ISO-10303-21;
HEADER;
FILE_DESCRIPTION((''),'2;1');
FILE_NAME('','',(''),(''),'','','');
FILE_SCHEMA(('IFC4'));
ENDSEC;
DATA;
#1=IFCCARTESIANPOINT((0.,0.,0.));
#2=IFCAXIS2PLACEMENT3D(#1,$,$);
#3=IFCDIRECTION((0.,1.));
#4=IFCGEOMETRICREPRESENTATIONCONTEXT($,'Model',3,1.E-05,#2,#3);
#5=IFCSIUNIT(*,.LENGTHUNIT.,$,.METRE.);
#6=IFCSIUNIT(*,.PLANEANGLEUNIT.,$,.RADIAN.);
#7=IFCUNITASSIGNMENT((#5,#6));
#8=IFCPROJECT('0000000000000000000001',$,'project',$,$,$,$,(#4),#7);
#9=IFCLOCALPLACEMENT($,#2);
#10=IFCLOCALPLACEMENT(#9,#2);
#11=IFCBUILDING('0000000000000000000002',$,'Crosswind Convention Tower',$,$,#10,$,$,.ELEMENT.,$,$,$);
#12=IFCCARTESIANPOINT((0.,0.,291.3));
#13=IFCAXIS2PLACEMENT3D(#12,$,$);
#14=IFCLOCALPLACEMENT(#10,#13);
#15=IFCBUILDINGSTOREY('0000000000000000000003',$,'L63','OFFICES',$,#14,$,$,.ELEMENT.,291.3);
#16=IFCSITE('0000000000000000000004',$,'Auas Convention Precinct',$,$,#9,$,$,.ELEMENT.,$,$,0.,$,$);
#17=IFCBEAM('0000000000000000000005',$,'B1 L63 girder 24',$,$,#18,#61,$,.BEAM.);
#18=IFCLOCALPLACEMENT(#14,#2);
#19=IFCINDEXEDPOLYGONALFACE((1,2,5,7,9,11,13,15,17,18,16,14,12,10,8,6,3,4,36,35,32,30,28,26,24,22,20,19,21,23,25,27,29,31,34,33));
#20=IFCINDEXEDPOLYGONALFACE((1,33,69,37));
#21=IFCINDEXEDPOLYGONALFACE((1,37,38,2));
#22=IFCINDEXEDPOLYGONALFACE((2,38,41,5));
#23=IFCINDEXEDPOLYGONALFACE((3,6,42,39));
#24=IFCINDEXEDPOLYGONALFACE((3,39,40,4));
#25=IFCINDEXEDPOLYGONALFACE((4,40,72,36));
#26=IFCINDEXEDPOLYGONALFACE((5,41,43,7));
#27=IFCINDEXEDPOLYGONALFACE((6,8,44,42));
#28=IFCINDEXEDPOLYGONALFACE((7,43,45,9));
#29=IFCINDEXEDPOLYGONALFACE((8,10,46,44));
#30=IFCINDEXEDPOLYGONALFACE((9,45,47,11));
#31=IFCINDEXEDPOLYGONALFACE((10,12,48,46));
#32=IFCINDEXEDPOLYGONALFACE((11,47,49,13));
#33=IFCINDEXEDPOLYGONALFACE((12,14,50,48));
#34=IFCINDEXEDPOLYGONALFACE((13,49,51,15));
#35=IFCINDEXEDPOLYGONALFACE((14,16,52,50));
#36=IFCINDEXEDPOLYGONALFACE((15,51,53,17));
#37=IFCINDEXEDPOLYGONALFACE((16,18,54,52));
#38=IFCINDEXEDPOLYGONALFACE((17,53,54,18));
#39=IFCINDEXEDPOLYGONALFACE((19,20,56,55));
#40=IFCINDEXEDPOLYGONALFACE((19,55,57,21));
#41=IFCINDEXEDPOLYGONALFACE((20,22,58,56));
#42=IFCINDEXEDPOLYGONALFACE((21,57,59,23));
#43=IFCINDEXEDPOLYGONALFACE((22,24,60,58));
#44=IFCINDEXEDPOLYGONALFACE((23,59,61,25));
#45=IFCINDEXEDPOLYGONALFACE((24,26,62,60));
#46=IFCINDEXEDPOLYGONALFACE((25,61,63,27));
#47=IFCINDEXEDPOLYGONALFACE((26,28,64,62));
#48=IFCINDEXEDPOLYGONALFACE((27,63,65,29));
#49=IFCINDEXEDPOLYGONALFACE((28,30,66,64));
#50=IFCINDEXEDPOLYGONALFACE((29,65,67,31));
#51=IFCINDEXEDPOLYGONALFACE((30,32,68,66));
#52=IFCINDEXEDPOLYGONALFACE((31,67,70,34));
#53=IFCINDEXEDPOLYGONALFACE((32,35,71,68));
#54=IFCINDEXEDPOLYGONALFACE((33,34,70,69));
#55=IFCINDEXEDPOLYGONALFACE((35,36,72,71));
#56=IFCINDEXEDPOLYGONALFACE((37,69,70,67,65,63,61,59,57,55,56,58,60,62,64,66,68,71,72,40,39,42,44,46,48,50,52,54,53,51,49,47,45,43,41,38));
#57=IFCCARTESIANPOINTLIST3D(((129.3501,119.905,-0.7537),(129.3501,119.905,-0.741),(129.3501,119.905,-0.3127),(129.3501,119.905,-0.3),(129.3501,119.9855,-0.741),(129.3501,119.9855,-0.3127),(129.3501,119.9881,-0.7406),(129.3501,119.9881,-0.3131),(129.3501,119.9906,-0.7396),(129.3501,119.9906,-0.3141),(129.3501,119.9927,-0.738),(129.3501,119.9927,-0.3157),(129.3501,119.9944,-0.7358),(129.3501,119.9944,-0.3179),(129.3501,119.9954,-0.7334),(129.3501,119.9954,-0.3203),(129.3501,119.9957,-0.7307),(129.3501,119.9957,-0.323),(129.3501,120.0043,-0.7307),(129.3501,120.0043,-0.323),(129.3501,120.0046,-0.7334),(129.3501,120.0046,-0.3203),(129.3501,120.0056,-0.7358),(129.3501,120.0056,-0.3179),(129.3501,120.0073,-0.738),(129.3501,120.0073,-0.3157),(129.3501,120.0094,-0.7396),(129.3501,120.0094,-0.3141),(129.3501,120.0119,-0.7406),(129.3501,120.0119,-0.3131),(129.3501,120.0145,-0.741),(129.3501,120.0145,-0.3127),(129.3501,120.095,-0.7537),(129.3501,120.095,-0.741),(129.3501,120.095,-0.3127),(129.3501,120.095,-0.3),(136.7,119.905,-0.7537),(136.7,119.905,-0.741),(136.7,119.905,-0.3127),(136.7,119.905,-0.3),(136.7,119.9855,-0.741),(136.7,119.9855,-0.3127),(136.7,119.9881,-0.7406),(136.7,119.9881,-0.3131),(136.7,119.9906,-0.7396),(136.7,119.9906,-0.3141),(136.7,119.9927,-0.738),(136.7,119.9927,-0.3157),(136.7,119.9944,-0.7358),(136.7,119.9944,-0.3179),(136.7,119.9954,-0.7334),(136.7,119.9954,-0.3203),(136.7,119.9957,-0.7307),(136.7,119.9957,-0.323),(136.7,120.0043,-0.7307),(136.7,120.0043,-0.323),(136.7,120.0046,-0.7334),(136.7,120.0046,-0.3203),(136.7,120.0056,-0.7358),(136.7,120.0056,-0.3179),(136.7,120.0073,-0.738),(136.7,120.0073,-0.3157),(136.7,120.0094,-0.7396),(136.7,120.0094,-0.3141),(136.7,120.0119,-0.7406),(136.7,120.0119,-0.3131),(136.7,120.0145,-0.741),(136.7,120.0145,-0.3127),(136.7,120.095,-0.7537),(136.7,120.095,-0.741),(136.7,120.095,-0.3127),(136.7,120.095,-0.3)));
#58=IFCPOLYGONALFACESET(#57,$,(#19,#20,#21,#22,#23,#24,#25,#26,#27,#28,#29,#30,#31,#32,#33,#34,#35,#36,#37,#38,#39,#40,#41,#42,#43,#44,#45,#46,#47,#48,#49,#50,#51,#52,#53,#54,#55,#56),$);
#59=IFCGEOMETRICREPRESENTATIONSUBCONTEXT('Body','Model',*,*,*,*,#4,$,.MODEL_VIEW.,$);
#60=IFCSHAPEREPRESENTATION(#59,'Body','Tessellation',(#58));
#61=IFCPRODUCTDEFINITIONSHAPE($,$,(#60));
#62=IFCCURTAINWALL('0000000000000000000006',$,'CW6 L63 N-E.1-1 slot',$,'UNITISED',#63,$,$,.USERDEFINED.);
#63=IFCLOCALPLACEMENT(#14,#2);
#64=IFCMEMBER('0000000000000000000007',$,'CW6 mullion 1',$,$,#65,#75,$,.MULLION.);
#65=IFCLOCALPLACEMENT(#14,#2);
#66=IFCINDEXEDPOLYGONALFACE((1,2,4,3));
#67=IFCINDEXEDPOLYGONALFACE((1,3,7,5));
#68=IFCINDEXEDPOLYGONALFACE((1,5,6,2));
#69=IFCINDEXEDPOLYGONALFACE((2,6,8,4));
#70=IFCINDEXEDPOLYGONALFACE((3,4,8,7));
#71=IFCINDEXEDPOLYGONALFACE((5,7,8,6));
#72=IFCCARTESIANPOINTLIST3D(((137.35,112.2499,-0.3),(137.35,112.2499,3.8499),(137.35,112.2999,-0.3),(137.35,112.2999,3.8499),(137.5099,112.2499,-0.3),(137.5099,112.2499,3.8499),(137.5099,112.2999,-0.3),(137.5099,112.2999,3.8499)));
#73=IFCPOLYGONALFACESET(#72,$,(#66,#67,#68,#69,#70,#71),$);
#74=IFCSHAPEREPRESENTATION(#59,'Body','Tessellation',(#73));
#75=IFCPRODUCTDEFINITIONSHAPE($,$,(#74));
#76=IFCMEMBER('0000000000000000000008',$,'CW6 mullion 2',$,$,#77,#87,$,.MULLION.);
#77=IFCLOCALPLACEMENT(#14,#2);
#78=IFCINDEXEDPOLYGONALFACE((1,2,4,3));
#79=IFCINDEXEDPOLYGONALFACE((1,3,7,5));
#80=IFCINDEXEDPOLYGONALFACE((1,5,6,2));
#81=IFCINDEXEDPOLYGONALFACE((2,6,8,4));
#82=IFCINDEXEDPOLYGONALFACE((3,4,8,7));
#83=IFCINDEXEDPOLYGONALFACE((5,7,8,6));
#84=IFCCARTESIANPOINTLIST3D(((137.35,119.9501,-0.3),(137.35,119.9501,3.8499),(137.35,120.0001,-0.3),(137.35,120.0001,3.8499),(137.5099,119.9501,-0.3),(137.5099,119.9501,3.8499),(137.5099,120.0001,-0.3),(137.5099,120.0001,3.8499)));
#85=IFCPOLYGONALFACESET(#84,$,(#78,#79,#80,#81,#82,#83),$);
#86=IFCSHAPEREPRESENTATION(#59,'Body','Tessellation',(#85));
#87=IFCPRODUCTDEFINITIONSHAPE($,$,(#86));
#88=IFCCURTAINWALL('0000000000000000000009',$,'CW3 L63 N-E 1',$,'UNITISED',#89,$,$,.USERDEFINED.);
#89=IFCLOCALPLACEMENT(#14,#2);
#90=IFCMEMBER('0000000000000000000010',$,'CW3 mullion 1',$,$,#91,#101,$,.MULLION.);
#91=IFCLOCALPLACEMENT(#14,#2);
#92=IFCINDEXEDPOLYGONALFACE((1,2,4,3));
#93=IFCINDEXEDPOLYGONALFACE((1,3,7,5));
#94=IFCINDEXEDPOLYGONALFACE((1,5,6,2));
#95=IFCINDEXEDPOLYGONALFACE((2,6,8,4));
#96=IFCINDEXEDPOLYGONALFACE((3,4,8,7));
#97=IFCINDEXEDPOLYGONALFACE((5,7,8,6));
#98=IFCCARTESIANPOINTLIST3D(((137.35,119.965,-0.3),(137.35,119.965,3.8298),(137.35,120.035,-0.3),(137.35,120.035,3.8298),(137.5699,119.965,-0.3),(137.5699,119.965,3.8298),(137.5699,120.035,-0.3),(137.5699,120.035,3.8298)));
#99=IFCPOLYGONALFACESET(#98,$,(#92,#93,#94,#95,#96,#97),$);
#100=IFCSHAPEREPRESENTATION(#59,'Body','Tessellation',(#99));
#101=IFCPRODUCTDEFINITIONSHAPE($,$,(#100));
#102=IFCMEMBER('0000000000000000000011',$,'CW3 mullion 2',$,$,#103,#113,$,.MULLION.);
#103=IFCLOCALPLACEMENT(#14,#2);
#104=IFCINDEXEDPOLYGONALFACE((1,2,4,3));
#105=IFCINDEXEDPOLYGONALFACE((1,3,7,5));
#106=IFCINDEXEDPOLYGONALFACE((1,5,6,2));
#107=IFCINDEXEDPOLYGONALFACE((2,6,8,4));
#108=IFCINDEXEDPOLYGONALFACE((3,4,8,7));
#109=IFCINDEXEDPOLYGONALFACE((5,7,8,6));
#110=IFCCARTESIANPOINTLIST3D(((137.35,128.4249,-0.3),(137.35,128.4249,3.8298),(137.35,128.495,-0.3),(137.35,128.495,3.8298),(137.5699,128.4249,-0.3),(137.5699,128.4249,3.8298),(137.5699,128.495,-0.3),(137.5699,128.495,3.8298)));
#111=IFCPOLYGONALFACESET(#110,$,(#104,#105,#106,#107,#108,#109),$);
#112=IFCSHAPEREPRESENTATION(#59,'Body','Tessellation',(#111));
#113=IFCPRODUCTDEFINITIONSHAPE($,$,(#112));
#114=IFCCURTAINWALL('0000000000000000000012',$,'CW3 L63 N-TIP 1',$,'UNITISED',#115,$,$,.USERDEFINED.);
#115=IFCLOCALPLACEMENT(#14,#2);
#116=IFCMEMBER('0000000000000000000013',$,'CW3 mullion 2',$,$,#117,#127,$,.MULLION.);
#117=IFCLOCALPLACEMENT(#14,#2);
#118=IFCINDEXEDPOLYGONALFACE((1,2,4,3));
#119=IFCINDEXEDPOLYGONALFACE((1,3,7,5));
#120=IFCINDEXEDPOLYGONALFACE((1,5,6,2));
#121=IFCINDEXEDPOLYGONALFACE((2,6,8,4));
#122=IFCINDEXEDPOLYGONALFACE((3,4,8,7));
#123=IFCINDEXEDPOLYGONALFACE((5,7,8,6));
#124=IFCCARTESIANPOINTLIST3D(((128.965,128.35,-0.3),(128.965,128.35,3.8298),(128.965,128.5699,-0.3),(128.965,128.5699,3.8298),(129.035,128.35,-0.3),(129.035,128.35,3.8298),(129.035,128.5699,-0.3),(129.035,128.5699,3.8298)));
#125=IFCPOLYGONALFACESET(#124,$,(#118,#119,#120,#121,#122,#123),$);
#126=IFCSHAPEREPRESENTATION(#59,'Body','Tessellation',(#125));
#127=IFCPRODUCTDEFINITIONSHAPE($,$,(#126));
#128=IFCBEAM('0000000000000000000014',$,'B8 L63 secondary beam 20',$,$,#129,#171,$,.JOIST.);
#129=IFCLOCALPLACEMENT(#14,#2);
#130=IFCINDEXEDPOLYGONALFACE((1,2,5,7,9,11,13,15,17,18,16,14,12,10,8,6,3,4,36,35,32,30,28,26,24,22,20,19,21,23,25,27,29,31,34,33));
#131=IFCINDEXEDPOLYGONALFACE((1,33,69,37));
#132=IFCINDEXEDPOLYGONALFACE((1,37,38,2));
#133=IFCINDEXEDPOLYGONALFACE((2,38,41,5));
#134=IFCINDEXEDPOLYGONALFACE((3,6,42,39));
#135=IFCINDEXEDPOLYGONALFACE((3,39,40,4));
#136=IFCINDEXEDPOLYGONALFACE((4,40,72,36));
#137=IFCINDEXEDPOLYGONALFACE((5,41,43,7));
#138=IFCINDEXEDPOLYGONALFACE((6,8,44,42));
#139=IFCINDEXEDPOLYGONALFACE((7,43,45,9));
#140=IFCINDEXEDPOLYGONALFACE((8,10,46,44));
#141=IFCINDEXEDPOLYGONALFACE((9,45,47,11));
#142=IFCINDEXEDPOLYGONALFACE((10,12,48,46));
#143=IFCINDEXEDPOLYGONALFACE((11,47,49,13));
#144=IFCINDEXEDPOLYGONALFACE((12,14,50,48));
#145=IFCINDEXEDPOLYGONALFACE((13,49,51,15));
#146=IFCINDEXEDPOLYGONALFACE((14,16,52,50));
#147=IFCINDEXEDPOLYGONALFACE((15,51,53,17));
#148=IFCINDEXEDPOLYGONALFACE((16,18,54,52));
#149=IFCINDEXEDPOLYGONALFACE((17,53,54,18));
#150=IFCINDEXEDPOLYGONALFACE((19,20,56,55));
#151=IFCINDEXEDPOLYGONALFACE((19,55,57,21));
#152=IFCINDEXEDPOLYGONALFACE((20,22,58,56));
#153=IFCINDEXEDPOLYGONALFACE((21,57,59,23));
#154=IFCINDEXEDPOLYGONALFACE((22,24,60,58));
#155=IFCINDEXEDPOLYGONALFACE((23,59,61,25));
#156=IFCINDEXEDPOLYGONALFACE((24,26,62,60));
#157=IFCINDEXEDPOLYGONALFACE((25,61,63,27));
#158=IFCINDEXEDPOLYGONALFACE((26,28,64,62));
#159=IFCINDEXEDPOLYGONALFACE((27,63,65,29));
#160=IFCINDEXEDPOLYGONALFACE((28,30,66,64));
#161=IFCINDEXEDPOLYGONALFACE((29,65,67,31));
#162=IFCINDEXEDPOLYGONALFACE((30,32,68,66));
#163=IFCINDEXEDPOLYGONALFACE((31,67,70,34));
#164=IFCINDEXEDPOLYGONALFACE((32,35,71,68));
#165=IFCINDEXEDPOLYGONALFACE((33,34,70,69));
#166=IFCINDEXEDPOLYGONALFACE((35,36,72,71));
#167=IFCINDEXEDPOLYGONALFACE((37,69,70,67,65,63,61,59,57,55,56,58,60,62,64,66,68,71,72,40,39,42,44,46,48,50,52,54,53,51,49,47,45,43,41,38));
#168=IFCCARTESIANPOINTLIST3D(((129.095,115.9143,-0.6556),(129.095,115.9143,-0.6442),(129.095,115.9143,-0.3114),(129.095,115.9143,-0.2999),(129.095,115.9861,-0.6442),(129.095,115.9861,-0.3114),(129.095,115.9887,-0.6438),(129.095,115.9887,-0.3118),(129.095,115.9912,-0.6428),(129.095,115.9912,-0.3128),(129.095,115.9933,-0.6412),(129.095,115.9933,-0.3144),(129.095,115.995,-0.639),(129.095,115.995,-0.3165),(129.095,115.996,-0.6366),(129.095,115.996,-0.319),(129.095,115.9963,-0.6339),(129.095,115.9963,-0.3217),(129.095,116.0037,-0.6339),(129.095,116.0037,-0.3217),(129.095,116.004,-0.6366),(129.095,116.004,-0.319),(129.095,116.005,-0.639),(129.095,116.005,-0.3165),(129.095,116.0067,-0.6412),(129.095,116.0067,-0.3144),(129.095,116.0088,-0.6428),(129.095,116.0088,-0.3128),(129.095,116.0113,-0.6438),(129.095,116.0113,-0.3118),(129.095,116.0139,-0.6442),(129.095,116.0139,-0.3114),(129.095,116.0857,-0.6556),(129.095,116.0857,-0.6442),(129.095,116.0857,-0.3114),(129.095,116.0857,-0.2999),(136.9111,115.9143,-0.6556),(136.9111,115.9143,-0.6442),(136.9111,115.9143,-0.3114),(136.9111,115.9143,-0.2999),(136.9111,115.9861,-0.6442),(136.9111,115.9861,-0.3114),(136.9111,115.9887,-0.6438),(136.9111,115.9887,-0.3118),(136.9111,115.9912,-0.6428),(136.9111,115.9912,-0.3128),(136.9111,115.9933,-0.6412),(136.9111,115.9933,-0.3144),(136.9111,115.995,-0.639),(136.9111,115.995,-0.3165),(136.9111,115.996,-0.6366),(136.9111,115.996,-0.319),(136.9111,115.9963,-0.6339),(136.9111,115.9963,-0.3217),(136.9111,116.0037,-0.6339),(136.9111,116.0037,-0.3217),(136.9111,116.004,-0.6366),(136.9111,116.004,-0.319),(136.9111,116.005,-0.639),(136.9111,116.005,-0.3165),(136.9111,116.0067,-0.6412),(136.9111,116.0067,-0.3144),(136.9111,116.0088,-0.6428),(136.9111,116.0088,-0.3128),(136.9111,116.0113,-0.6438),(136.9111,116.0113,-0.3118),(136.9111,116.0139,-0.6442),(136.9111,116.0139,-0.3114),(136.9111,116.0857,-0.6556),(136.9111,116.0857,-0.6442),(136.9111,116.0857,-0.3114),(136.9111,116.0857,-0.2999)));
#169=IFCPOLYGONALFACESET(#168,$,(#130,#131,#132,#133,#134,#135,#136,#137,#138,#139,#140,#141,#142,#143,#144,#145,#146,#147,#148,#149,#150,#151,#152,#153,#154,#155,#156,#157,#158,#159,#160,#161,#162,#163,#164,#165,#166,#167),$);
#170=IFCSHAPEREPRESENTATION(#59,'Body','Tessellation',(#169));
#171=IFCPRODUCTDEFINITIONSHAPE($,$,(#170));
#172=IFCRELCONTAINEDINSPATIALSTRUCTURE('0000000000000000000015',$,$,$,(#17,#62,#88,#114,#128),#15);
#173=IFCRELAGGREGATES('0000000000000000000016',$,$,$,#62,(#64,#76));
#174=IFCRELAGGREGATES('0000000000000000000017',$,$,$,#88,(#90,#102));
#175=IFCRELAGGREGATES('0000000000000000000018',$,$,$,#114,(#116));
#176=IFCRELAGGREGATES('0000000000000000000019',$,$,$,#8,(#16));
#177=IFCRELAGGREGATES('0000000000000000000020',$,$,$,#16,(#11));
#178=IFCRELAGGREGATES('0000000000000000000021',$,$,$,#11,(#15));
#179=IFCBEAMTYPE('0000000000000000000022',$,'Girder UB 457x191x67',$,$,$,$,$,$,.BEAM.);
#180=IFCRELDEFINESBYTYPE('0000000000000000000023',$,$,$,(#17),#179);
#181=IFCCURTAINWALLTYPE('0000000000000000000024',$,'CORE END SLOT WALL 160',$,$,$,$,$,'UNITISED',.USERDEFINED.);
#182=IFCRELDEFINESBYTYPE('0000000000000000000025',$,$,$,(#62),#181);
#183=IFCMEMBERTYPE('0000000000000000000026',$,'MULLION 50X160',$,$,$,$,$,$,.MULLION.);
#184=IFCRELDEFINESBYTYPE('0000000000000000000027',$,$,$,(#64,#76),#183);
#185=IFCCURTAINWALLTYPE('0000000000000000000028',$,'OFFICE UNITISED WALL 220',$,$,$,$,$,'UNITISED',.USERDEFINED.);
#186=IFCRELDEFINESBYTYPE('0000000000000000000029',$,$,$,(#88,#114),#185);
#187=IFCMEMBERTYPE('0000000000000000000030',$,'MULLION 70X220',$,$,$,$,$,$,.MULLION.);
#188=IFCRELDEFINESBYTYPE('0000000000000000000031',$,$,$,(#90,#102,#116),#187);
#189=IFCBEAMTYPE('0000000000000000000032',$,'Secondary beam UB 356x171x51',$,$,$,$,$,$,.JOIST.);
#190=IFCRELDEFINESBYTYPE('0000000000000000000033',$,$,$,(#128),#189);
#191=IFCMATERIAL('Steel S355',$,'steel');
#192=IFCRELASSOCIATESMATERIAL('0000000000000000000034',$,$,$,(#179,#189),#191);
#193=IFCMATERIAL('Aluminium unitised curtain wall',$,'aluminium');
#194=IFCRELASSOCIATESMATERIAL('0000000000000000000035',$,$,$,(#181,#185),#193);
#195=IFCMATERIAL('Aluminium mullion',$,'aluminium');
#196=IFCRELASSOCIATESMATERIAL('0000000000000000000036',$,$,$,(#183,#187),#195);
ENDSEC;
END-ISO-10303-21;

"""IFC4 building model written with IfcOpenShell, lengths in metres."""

from ifc_helpers import new_model, si_unit, direction, frame, origin, origin_2d, place, context, subcontext, project, spatial, rectangle, i_section, extrude, material, material_profile, profile_set, type_object, element, aggregate, save


model = new_model("IFC4")

# Units and contexts
model_context = context("Model", 3, precision=1e-05, world=origin(), true_north=direction((0.0, 1.0)))
body_context = subcontext(model_context, "Body", "Model", "MODEL_VIEW")
ifc_project = project(units=[si_unit("LENGTHUNIT", "METRE"), si_unit("PLANEANGLEUNIT", "RADIAN")], contexts=[model_context])

# Site, building, storey
site_placement = place(None, origin())
site = spatial("IfcSite", under=ifc_project, at=site_placement, Name="Auas Convention Precinct", CompositionType="ELEMENT", RefElevation=0.0)
building_placement = place(site_placement, origin())
building = spatial("IfcBuilding", under=site, at=building_placement, Name="Crosswind Convention Tower", CompositionType="ELEMENT")
storey_placement = place(building_placement, frame((0.0, 0.0, 291.3)))
storey = spatial("IfcBuildingStorey", under=building, at=storey_placement, Name="L63", Description="OFFICES", CompositionType="ELEMENT", Elevation=291.3)

# Beam
ifc_material_1 = material(Name="Steel S355", Category="steel")
ifc_material_profile_1 = material_profile(ifc_material_1, i_section(OverallWidth=0.1899, OverallDepth=0.4536, WebThickness=0.0085, FlangeThickness=0.0127, FilletRadius=0.0103, at=origin_2d()), Name="UB 457x191x67")
ifc_profile_set_1 = profile_set([ifc_material_profile_1], Name="Steel S355")
beam_type_1 = type_object("IfcBeamType", Name="Girder UB 457x191x67", PredefinedType="BEAM", material=ifc_profile_set_1)
for number, where, z_axis, x_axis, name in (
    (1, (129.3501, 120.0, -0.5269), (1.0, 0.0, 0.0), (0.0, 1.0, 0.0), "B1 L63 girder 24"),
):
    element("IfcBeam", number, at=place(storey_placement, frame(where, z_axis=z_axis, x_axis=x_axis)), inside=storey, type_object=beam_type_1, Name=name, PredefinedType="BEAM", context=body_context, shape_type="SweptSolid", body=[
        extrude(i_section(OverallWidth=0.1899, OverallDepth=0.4536, WebThickness=0.0085, FlangeThickness=0.0127, FilletRadius=0.0103, at=origin_2d()), origin(), (0.0, 0.0, 1.0), 7.3499),
    ])

# Curtain walls, members
ifc_material_2 = material(Name="Aluminium unitised curtain wall", Category="aluminium")
curtain_wall_type_1 = type_object("IfcCurtainWallType", Name="CORE END SLOT WALL 160", ElementType="UNITISED", PredefinedType="USERDEFINED", material=ifc_material_2)
curtain_wall_1_placement = place(storey_placement, origin())
curtain_wall_1 = element("IfcCurtainWall", 2, at=curtain_wall_1_placement, inside=storey, type_object=curtain_wall_type_1, Name="CW6 L63 N-E.1-1 slot", ObjectType="UNITISED", PredefinedType="USERDEFINED")
ifc_material_3 = material(Name="Aluminium mullion", Category="aluminium")
ifc_material_profile_2 = material_profile(ifc_material_3, rectangle(XDim=0.1599, YDim=0.05, at=origin_2d()), Name="AL 160X50")
ifc_profile_set_2 = profile_set([ifc_material_profile_2], Name="Aluminium mullion")
member_type_1 = type_object("IfcMemberType", Name="MULLION 50X160", PredefinedType="MULLION", material=ifc_profile_set_2)
member_1_placement = place(storey_placement, frame((137.4299, 112.2749, -0.3), z_axis=(0.0, 0.0, 1.0), x_axis=(1.0, 0.0, 0.0)))
member_1 = element("IfcMember", 3, at=member_1_placement, type_object=member_type_1, Name="CW6 mullion 1", PredefinedType="MULLION", context=body_context, shape_type="SweptSolid", body=[
    extrude(rectangle(XDim=0.1599, YDim=0.05, at=origin_2d()), origin(), (0.0, 0.0, 1.0), 4.1499),
])
member_2_placement = place(storey_placement, frame((137.4299, 119.9751, -0.3), z_axis=(0.0, 0.0, 1.0), x_axis=(1.0, 0.0, 0.0)))
member_2 = element("IfcMember", 4, at=member_2_placement, type_object=member_type_1, Name="CW6 mullion 2", PredefinedType="MULLION", context=body_context, shape_type="SweptSolid", body=[
    extrude(rectangle(XDim=0.1599, YDim=0.05, at=origin_2d()), origin(), (0.0, 0.0, 1.0), 4.1499),
])
curtain_wall_type_2 = type_object("IfcCurtainWallType", Name="OFFICE UNITISED WALL 220", ElementType="UNITISED", PredefinedType="USERDEFINED", material=ifc_material_2)
curtain_wall_2_placement = place(storey_placement, origin())
curtain_wall_2 = element("IfcCurtainWall", 5, at=curtain_wall_2_placement, inside=storey, type_object=curtain_wall_type_2, Name="CW3 L63 N-E 1", ObjectType="UNITISED", PredefinedType="USERDEFINED")
ifc_material_profile_3 = material_profile(ifc_material_3, rectangle(XDim=0.22, YDim=0.0701, at=origin_2d()), Name="AL 220X70")
ifc_profile_set_3 = profile_set([ifc_material_profile_3], Name="Aluminium mullion")
member_type_2 = type_object("IfcMemberType", Name="MULLION 70X220", PredefinedType="MULLION", material=ifc_profile_set_3)
member_3_placement = place(storey_placement, frame((137.46, 120.0, -0.3), z_axis=(0.0, 0.0, 1.0), x_axis=(1.0, 0.0, 0.0)))
member_3 = element("IfcMember", 6, at=member_3_placement, type_object=member_type_2, Name="CW3 mullion 1", PredefinedType="MULLION", context=body_context, shape_type="SweptSolid", body=[
    extrude(rectangle(XDim=0.22, YDim=0.0701, at=origin_2d()), origin(), (0.0, 0.0, 1.0), 4.1299),
])
member_4_placement = place(storey_placement, frame((137.46, 128.46, -0.3), z_axis=(0.0, 0.0, 1.0), x_axis=(1.0, 0.0, 0.0)))
member_4 = element("IfcMember", 7, at=member_4_placement, type_object=member_type_2, Name="CW3 mullion 2", PredefinedType="MULLION", context=body_context, shape_type="SweptSolid", body=[
    extrude(rectangle(XDim=0.22, YDim=0.0701, at=origin_2d()), origin(), (0.0, 0.0, 1.0), 4.1299),
])

# Curtain wall, member
curtain_wall_3_placement = place(storey_placement, origin())
curtain_wall_3 = element("IfcCurtainWall", 8, at=curtain_wall_3_placement, inside=storey, type_object=curtain_wall_type_2, Name="CW3 L63 N-TIP 1", ObjectType="UNITISED", PredefinedType="USERDEFINED")
member_5_placement = place(storey_placement, frame((129.0, 128.46, -0.3), z_axis=(0.0, 0.0, 1.0), x_axis=(0.0, 1.0, 0.0)))
member_5 = element("IfcMember", 9, at=member_5_placement, type_object=member_type_2, Name="CW3 mullion 2", PredefinedType="MULLION", context=body_context, shape_type="SweptSolid", body=[
    extrude(rectangle(XDim=0.22, YDim=0.0701, at=origin_2d()), origin(), (0.0, 0.0, 1.0), 4.1299),
])

# Beam
ifc_material_profile_4 = material_profile(ifc_material_1, i_section(OverallWidth=0.1714, OverallDepth=0.3557, WebThickness=0.0073, FlangeThickness=0.0115, FilletRadius=0.0103, at=origin_2d()), Name="UB 356x171x51")
ifc_profile_set_4 = profile_set([ifc_material_profile_4], Name="Steel S355")
beam_type_2 = type_object("IfcBeamType", Name="Secondary beam UB 356x171x51", PredefinedType="JOIST", material=ifc_profile_set_4)
for number, where, z_axis, x_axis, name in (
    (10, (129.095, 116.0, -0.4778), (1.0, 0.0, 0.0), (0.0, 1.0, 0.0), "B8 L63 secondary beam 20"),
):
    element("IfcBeam", number, at=place(storey_placement, frame(where, z_axis=z_axis, x_axis=x_axis)), inside=storey, type_object=beam_type_2, Name=name, PredefinedType="JOIST", context=body_context, shape_type="SweptSolid", body=[
        extrude(i_section(OverallWidth=0.1714, OverallDepth=0.3557, WebThickness=0.0073, FlangeThickness=0.0115, FilletRadius=0.0103, at=origin_2d()), origin(), (0.0, 0.0, 1.0), 7.8162),
    ])

aggregate(curtain_wall_1, [member_1, member_2])

aggregate(curtain_wall_2, [member_3, member_4])
aggregate(curtain_wall_3, [member_5])

save(model, "model.ifc")
